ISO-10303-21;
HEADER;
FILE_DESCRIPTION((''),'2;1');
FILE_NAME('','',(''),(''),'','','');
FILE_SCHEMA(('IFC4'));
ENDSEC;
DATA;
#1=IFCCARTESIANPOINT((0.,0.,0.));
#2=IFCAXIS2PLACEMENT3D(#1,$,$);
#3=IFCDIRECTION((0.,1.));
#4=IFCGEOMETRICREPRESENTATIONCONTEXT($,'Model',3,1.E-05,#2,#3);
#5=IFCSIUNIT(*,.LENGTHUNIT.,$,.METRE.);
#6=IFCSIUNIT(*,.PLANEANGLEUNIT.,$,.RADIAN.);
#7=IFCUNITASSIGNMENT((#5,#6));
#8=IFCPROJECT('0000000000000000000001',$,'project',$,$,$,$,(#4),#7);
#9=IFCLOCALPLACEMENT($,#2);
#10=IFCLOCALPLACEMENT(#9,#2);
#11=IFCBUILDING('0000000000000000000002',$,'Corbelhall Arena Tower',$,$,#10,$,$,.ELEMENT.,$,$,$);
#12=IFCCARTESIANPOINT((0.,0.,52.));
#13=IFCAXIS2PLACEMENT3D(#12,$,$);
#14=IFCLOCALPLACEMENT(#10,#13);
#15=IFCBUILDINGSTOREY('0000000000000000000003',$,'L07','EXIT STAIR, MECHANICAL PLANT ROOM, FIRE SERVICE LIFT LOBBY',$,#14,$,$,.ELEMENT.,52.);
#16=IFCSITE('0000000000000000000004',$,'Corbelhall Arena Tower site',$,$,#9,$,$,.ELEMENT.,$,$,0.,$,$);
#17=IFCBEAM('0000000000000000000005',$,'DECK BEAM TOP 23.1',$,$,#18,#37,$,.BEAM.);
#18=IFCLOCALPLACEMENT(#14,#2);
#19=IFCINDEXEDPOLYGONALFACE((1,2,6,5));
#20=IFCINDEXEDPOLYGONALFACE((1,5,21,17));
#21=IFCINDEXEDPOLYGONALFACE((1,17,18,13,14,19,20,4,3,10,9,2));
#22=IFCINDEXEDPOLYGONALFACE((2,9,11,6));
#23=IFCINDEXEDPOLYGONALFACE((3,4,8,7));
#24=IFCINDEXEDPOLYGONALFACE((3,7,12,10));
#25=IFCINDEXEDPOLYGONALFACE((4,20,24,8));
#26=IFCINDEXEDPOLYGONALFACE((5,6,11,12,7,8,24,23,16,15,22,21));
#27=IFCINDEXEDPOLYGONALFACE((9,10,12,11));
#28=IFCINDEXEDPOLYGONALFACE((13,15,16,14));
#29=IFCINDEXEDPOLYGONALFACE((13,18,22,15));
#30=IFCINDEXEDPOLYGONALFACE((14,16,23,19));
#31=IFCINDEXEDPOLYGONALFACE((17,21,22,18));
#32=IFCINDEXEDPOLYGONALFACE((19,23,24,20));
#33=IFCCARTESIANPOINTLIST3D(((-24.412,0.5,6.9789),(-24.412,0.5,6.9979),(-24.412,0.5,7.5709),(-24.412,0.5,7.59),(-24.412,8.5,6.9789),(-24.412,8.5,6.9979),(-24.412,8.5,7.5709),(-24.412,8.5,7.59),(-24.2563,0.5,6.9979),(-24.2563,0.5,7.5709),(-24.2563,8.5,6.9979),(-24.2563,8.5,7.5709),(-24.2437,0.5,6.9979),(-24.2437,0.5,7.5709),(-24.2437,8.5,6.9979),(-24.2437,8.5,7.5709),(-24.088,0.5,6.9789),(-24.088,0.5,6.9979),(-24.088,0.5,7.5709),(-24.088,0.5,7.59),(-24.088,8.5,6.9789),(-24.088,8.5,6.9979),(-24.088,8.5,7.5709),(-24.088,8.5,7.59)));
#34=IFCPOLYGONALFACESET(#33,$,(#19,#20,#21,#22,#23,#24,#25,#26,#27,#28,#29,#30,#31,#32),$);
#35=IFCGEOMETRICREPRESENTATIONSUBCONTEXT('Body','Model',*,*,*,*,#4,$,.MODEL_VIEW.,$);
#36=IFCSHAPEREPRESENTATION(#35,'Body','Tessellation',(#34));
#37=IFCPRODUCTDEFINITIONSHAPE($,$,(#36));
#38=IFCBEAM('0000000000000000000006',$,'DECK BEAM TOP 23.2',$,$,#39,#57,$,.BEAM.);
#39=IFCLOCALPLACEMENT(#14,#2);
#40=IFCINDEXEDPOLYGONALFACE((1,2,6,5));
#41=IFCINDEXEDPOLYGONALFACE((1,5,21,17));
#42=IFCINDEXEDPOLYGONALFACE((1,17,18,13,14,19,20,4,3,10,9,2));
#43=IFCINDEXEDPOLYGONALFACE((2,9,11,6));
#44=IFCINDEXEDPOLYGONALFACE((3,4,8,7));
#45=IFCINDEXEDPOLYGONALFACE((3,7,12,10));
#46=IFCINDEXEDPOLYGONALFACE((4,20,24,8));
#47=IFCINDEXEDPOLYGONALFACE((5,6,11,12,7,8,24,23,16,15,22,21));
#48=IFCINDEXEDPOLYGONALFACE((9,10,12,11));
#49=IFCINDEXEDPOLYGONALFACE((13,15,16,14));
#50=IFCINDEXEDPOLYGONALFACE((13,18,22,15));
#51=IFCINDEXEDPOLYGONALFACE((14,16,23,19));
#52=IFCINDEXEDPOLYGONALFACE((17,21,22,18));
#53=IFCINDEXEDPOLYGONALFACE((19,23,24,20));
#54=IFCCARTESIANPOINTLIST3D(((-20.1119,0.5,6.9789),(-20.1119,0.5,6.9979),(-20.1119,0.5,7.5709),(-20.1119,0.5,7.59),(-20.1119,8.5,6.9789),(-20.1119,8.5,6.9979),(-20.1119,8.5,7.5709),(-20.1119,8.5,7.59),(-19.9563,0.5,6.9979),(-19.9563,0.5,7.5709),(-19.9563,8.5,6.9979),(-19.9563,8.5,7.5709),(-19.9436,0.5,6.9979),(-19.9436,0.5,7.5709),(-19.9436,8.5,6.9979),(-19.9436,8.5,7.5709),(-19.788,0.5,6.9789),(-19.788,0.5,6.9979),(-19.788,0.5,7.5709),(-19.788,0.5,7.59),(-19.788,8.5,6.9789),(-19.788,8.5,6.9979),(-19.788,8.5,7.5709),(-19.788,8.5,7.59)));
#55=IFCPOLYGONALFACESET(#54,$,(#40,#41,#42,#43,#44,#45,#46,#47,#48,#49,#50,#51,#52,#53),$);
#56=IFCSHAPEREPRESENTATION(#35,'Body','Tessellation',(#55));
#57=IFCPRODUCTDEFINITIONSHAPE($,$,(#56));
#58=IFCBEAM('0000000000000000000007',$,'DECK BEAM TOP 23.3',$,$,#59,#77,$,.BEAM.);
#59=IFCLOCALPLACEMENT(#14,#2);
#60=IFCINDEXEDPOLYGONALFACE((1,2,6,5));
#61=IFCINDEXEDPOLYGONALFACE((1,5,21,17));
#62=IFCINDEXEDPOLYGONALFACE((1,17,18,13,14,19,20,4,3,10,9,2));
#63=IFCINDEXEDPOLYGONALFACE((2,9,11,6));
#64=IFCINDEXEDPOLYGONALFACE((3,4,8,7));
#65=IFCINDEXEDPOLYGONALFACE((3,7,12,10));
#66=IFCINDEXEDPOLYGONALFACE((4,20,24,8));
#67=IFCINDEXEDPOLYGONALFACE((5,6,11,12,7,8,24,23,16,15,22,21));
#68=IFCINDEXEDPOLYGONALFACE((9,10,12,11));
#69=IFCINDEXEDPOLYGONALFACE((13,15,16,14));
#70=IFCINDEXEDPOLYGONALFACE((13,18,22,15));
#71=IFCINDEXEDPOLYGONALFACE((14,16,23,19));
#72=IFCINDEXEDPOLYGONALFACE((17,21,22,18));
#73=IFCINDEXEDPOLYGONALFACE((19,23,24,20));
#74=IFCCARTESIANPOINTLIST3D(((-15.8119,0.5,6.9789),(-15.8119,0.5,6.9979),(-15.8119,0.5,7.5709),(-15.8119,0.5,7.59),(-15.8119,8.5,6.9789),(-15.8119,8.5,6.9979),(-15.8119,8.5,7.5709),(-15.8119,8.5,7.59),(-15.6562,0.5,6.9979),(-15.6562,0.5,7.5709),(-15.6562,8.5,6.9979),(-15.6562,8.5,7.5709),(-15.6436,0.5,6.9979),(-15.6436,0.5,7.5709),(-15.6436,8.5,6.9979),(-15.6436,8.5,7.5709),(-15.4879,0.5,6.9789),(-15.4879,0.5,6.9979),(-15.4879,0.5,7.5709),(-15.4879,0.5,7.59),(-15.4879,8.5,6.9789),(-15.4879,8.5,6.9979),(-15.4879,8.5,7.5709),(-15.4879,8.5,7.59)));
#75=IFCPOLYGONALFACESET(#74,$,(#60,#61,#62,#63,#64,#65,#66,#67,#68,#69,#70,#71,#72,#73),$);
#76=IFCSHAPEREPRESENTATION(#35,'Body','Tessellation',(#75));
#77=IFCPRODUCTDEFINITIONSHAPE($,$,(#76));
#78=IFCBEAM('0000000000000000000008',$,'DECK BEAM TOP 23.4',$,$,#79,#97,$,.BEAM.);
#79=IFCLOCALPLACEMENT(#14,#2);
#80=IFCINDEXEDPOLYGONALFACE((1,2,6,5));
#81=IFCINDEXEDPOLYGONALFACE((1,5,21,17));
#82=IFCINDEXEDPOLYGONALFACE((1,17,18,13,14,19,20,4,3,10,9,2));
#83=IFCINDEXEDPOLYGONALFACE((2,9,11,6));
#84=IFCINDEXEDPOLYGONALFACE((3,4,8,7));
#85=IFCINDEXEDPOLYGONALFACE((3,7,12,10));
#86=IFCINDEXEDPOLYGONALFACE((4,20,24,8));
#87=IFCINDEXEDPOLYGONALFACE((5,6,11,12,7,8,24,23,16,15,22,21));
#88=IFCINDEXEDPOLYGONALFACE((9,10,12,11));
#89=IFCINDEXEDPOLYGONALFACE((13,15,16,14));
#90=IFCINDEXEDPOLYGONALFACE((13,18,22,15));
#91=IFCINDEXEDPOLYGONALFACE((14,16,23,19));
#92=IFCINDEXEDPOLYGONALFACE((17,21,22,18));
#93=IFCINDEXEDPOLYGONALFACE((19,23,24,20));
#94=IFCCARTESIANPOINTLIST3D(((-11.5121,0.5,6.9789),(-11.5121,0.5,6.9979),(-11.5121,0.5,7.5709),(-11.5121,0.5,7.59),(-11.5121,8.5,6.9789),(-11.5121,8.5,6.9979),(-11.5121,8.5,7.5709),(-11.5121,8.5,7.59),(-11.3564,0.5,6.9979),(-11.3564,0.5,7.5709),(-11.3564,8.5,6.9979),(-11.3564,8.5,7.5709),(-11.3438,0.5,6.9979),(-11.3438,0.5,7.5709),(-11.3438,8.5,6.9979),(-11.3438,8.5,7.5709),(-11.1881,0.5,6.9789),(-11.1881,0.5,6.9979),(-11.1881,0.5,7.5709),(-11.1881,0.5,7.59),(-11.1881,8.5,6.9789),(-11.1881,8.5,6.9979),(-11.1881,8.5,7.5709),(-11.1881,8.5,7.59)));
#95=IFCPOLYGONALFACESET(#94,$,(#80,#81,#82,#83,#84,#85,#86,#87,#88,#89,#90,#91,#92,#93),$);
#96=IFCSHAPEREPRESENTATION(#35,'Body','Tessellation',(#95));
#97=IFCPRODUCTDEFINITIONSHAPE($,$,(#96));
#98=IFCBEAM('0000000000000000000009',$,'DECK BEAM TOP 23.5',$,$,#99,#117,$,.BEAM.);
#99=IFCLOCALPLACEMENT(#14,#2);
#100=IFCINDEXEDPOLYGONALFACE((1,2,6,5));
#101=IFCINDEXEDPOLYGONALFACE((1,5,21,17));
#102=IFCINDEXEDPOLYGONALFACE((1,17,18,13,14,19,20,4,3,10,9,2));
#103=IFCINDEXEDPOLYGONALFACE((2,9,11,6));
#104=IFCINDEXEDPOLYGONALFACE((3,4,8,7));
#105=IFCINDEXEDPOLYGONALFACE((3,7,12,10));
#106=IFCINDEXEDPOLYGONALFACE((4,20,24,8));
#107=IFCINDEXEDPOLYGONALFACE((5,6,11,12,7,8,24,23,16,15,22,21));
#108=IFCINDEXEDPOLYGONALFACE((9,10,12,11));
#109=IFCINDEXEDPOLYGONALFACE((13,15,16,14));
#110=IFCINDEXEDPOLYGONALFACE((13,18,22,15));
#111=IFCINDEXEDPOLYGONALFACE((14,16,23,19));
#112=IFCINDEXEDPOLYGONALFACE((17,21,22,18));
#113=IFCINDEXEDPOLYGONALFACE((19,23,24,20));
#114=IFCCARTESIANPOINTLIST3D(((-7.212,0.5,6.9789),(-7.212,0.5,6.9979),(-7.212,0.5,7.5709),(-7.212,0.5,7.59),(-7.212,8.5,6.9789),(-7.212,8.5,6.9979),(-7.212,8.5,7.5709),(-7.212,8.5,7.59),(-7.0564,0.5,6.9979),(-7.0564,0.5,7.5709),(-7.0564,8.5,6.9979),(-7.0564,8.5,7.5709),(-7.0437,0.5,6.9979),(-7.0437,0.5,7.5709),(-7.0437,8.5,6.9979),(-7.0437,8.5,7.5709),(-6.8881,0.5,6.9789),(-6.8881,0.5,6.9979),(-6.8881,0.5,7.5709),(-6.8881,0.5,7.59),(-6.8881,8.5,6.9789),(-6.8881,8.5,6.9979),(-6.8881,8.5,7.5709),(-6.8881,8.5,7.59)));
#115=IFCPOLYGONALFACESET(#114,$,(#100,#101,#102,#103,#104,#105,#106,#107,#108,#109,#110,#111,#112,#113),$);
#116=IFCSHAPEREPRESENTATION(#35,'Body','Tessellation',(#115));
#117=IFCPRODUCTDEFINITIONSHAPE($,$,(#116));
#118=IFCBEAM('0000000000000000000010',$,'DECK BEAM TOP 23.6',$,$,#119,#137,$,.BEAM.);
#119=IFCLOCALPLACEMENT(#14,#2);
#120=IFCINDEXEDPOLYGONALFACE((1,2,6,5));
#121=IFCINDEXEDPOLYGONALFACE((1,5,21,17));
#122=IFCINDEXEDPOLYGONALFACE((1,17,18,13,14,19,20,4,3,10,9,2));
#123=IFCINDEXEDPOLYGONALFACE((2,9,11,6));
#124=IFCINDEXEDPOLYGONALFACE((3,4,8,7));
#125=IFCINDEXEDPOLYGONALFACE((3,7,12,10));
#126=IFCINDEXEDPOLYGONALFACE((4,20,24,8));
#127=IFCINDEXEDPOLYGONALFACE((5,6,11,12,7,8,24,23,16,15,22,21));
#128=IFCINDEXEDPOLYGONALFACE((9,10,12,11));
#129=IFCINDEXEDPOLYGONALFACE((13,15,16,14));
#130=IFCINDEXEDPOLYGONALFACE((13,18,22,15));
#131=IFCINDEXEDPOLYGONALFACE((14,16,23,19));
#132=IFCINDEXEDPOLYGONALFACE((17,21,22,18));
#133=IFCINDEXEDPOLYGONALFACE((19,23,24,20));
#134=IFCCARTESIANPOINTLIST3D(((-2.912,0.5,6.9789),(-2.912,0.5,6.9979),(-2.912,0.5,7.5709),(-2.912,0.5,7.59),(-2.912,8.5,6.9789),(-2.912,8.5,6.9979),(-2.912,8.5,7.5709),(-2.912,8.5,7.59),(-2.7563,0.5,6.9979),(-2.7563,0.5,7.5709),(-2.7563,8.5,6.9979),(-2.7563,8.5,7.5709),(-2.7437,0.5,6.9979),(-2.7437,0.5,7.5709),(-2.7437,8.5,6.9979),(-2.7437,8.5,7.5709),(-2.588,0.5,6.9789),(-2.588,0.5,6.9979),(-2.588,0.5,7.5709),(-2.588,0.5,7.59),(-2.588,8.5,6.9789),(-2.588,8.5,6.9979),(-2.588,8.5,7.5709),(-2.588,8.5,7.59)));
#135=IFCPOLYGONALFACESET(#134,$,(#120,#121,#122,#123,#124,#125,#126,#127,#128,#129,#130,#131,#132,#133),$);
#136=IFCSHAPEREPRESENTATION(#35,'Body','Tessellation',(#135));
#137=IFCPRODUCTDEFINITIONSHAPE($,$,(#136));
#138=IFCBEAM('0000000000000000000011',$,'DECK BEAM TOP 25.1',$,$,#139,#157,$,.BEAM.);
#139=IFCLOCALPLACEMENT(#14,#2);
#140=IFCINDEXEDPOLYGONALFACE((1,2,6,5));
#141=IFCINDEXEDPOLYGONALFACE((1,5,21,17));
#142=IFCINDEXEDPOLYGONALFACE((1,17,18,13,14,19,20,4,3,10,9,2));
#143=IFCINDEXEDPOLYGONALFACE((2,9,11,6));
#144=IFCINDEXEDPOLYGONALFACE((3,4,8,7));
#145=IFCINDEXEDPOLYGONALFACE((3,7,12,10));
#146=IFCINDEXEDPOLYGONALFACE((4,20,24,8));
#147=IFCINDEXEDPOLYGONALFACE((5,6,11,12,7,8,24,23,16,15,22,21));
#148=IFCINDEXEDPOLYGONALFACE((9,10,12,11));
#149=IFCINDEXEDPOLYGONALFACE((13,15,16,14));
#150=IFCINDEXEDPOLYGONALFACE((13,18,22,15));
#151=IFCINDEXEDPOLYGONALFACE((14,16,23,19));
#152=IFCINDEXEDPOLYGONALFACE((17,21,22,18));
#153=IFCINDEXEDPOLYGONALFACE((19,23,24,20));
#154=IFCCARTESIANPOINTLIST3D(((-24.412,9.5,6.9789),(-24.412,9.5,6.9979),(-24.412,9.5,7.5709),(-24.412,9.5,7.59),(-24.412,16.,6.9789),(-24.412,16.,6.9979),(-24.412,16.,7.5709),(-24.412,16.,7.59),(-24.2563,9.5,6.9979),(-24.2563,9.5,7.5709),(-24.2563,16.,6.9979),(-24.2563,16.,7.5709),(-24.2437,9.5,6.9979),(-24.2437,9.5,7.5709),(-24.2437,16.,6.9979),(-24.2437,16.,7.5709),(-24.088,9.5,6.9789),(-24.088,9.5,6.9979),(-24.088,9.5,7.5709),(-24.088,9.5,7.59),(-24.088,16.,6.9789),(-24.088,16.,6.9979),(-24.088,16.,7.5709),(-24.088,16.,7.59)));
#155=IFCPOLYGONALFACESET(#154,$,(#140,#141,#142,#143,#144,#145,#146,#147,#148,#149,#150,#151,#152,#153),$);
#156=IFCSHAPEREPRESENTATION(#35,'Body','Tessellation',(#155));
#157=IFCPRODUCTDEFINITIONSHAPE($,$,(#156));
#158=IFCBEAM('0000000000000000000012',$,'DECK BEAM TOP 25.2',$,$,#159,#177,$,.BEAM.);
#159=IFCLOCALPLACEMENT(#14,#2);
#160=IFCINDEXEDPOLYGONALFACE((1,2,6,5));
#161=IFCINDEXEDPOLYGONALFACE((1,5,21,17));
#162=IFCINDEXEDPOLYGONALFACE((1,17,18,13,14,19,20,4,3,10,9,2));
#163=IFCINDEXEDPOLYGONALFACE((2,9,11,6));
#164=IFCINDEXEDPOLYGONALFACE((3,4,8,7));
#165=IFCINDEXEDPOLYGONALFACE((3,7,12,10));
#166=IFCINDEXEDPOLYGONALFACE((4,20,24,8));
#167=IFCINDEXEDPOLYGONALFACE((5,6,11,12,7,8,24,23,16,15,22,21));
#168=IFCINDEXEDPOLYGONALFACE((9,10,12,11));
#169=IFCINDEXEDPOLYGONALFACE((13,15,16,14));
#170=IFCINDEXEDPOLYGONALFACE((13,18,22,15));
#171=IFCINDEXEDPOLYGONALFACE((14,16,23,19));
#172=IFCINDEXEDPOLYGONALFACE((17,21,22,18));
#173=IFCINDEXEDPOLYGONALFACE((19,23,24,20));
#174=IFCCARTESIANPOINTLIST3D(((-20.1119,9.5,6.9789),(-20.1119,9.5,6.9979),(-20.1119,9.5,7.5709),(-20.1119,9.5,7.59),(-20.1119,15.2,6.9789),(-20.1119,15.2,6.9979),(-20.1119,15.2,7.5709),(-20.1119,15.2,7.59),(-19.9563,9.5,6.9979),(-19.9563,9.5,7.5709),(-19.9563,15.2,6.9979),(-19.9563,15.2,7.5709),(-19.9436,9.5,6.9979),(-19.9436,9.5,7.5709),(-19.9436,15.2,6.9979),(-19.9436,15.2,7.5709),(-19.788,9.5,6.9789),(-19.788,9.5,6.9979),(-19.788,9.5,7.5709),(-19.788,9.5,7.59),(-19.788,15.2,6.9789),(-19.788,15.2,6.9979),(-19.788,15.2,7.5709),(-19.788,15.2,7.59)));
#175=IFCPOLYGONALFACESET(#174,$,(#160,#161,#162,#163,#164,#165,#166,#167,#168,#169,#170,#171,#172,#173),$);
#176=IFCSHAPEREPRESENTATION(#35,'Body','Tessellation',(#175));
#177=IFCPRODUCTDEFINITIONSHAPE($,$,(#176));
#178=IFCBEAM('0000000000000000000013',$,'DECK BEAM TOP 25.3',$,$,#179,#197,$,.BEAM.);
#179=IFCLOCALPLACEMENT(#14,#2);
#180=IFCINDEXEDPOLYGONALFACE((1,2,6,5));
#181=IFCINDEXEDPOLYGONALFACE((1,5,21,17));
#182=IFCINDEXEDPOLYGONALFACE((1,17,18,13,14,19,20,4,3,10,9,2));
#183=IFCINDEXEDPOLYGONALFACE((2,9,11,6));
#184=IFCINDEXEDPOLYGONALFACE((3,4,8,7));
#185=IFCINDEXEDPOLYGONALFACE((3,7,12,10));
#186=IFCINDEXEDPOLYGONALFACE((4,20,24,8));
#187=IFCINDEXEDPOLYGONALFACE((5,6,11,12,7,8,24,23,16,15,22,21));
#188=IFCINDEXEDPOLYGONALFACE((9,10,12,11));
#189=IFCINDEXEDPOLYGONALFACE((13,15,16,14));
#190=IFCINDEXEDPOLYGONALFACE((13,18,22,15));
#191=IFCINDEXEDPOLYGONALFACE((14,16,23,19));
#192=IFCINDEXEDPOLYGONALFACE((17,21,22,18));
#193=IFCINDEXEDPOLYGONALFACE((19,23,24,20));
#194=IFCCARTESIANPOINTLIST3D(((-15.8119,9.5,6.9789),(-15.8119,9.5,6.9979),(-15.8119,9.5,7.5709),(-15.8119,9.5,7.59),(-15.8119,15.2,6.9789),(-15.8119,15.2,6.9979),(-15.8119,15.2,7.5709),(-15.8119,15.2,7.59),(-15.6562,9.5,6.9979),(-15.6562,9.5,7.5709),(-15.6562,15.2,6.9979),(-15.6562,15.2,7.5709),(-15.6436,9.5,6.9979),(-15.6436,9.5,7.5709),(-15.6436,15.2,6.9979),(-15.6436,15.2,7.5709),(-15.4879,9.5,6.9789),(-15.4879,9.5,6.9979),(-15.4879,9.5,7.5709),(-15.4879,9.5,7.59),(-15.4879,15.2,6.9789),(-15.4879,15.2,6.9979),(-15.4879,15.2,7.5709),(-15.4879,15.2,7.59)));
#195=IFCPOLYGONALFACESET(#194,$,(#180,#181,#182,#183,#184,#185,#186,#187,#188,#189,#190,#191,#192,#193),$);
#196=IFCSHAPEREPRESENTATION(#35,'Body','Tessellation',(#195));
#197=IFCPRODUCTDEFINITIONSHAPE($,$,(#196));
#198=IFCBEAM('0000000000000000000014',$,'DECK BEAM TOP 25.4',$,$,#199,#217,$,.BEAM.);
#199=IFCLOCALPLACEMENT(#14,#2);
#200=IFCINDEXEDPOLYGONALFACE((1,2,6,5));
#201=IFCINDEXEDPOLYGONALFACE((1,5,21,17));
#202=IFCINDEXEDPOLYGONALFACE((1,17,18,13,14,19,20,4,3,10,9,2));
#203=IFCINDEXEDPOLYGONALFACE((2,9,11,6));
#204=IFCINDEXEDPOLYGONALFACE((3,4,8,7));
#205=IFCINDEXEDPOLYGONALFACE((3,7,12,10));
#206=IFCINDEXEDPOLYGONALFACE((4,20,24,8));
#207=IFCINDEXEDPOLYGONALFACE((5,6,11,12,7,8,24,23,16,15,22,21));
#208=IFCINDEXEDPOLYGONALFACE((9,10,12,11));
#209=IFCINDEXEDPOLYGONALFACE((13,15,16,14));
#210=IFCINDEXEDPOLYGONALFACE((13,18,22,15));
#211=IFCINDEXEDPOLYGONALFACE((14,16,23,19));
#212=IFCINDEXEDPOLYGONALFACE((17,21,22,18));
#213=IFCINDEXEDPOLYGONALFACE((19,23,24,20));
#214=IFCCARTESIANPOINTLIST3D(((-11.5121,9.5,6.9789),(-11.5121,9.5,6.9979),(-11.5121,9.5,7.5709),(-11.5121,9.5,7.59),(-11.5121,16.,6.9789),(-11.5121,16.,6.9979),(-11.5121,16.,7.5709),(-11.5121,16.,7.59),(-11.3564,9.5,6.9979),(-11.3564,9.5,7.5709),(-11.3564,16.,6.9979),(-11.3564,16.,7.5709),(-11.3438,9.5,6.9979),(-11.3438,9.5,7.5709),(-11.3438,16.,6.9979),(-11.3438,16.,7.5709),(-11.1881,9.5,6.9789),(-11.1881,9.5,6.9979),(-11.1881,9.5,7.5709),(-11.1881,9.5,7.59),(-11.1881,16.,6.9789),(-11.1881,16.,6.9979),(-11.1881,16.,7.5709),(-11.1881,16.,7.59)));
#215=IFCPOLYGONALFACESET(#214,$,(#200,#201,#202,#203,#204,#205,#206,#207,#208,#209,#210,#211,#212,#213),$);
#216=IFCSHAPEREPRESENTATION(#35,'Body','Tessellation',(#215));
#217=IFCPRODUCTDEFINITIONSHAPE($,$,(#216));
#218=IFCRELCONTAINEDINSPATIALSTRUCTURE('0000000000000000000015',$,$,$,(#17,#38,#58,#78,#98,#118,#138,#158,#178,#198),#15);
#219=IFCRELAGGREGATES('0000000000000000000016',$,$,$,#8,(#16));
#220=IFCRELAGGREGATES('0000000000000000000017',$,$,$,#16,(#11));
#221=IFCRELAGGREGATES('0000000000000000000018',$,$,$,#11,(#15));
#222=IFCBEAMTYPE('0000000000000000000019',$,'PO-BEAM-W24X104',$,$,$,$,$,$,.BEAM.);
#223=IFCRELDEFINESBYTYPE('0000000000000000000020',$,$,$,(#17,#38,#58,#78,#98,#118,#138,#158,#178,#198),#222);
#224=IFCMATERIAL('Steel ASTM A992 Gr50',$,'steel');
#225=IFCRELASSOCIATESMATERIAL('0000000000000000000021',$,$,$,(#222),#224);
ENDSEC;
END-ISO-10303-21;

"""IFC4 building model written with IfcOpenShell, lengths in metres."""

from ifc_helpers import new_model, si_unit, direction, frame, origin, origin_2d, place, context, subcontext, project, spatial, i_section, extrude, material, material_profile, profile_set, type_object, element, save


model = new_model("IFC4")

# Units and contexts
model_context = context("Model", 3, precision=1e-05, world=origin(), true_north=direction((0.0, 1.0)))
body_context = subcontext(model_context, "Body", "Model", "MODEL_VIEW")
ifc_project = project(units=[si_unit("LENGTHUNIT", "METRE"), si_unit("PLANEANGLEUNIT", "RADIAN")], contexts=[model_context])

# Site, building, storey
site_placement = place(None, origin())
site = spatial("IfcSite", under=ifc_project, at=site_placement, Name="Corbelhall Arena Tower site", CompositionType="ELEMENT", RefElevation=0.0)
building_placement = place(site_placement, origin())
building = spatial("IfcBuilding", under=site, at=building_placement, Name="Corbelhall Arena Tower", CompositionType="ELEMENT")
storey_placement = place(building_placement, frame((0.0, 0.0, 52.0)))
storey = spatial("IfcBuildingStorey", under=building, at=storey_placement, Name="L07", Description="EXIT STAIR, MECHANICAL PLANT ROOM, FIRE SERVICE LIFT LOBBY", CompositionType="ELEMENT", Elevation=52.0)

# Beams
ifc_material_1 = material(Name="Steel ASTM A992 Gr50", Category="steel")
ifc_material_profile_1 = material_profile(ifc_material_1, i_section(OverallWidth=0.324, OverallDepth=0.6111, WebThickness=0.0127, FlangeThickness=0.019, at=origin_2d()))
ifc_profile_set_1 = profile_set([ifc_material_profile_1], Name="Steel ASTM A992 Gr50")
beam_type = type_object("IfcBeamType", Name="PO-BEAM-W24X104", PredefinedType="BEAM", material=ifc_profile_set_1)
for number, where, z_axis, x_axis, name in (
    (1, (-24.25, 0.5, 7.2844), (0.0, 1.0, 0.0), (-1.0, 0.0, 0.0), "DECK BEAM TOP 23.1"),
    (2, (-19.95, 0.5, 7.2844), (0.0, 1.0, 0.0), (-1.0, 0.0, 0.0), "DECK BEAM TOP 23.2"),
    (3, (-15.6499, 0.5, 7.2844), (0.0, 1.0, 0.0), (-1.0, 0.0, 0.0), "DECK BEAM TOP 23.3"),
    (4, (-11.3501, 0.5, 7.2844), (0.0, 1.0, 0.0), (-1.0, 0.0, 0.0), "DECK BEAM TOP 23.4"),
    (5, (-7.05, 0.5, 7.2844), (0.0, 1.0, 0.0), (-1.0, 0.0, 0.0), "DECK BEAM TOP 23.5"),
    (6, (-2.75, 0.5, 7.2844), (0.0, 1.0, 0.0), (-1.0, 0.0, 0.0), "DECK BEAM TOP 23.6"),
):
    element("IfcBeam", number, at=place(storey_placement, frame(where, z_axis=z_axis, x_axis=x_axis)), inside=storey, type_object=beam_type, Name=name, PredefinedType="BEAM", context=body_context, shape_type="SweptSolid", body=[
        extrude(i_section(OverallWidth=0.324, OverallDepth=0.6111, WebThickness=0.0127, FlangeThickness=0.019, at=origin_2d()), origin(), (0.0, 0.0, 1.0), 8.0),
    ])
beam_placement = place(storey_placement, frame((-24.25, 9.5, 7.2844), z_axis=(0.0, 1.0, 0.0), x_axis=(-1.0, 0.0, 0.0)))
element("IfcBeam", 7, at=beam_placement, inside=storey, type_object=beam_type, Name="DECK BEAM TOP 25.1", PredefinedType="BEAM", context=body_context, shape_type="SweptSolid", body=[
    extrude(i_section(OverallWidth=0.324, OverallDepth=0.6111, WebThickness=0.0127, FlangeThickness=0.019, at=origin_2d()), origin(), (0.0, 0.0, 1.0), 6.5),
])
for number, where, z_axis, x_axis, name in (
    (8, (-19.95, 9.5, 7.2844), (0.0, 1.0, 0.0), (-1.0, 0.0, 0.0), "DECK BEAM TOP 25.2"),
    (9, (-15.6499, 9.5, 7.2844), (0.0, 1.0, 0.0), (-1.0, 0.0, 0.0), "DECK BEAM TOP 25.3"),
):
    element("IfcBeam", number, at=place(storey_placement, frame(where, z_axis=z_axis, x_axis=x_axis)), inside=storey, type_object=beam_type, Name=name, PredefinedType="BEAM", context=body_context, shape_type="SweptSolid", body=[
        extrude(i_section(OverallWidth=0.324, OverallDepth=0.6111, WebThickness=0.0127, FlangeThickness=0.019, at=origin_2d()), origin(), (0.0, 0.0, 1.0), 5.7),
    ])
for number, where, z_axis, x_axis, name in (
    (10, (-11.3501, 9.5, 7.2844), (0.0, 1.0, 0.0), (-1.0, 0.0, 0.0), "DECK BEAM TOP 25.4"),
):
    element("IfcBeam", number, at=place(storey_placement, frame(where, z_axis=z_axis, x_axis=x_axis)), inside=storey, type_object=beam_type, Name=name, PredefinedType="BEAM", context=body_context, shape_type="SweptSolid", body=[
        extrude(i_section(OverallWidth=0.324, OverallDepth=0.6111, WebThickness=0.0127, FlangeThickness=0.019, at=origin_2d()), origin(), (0.0, 0.0, 1.0), 6.5),
    ])

save(model, "model.ifc")
